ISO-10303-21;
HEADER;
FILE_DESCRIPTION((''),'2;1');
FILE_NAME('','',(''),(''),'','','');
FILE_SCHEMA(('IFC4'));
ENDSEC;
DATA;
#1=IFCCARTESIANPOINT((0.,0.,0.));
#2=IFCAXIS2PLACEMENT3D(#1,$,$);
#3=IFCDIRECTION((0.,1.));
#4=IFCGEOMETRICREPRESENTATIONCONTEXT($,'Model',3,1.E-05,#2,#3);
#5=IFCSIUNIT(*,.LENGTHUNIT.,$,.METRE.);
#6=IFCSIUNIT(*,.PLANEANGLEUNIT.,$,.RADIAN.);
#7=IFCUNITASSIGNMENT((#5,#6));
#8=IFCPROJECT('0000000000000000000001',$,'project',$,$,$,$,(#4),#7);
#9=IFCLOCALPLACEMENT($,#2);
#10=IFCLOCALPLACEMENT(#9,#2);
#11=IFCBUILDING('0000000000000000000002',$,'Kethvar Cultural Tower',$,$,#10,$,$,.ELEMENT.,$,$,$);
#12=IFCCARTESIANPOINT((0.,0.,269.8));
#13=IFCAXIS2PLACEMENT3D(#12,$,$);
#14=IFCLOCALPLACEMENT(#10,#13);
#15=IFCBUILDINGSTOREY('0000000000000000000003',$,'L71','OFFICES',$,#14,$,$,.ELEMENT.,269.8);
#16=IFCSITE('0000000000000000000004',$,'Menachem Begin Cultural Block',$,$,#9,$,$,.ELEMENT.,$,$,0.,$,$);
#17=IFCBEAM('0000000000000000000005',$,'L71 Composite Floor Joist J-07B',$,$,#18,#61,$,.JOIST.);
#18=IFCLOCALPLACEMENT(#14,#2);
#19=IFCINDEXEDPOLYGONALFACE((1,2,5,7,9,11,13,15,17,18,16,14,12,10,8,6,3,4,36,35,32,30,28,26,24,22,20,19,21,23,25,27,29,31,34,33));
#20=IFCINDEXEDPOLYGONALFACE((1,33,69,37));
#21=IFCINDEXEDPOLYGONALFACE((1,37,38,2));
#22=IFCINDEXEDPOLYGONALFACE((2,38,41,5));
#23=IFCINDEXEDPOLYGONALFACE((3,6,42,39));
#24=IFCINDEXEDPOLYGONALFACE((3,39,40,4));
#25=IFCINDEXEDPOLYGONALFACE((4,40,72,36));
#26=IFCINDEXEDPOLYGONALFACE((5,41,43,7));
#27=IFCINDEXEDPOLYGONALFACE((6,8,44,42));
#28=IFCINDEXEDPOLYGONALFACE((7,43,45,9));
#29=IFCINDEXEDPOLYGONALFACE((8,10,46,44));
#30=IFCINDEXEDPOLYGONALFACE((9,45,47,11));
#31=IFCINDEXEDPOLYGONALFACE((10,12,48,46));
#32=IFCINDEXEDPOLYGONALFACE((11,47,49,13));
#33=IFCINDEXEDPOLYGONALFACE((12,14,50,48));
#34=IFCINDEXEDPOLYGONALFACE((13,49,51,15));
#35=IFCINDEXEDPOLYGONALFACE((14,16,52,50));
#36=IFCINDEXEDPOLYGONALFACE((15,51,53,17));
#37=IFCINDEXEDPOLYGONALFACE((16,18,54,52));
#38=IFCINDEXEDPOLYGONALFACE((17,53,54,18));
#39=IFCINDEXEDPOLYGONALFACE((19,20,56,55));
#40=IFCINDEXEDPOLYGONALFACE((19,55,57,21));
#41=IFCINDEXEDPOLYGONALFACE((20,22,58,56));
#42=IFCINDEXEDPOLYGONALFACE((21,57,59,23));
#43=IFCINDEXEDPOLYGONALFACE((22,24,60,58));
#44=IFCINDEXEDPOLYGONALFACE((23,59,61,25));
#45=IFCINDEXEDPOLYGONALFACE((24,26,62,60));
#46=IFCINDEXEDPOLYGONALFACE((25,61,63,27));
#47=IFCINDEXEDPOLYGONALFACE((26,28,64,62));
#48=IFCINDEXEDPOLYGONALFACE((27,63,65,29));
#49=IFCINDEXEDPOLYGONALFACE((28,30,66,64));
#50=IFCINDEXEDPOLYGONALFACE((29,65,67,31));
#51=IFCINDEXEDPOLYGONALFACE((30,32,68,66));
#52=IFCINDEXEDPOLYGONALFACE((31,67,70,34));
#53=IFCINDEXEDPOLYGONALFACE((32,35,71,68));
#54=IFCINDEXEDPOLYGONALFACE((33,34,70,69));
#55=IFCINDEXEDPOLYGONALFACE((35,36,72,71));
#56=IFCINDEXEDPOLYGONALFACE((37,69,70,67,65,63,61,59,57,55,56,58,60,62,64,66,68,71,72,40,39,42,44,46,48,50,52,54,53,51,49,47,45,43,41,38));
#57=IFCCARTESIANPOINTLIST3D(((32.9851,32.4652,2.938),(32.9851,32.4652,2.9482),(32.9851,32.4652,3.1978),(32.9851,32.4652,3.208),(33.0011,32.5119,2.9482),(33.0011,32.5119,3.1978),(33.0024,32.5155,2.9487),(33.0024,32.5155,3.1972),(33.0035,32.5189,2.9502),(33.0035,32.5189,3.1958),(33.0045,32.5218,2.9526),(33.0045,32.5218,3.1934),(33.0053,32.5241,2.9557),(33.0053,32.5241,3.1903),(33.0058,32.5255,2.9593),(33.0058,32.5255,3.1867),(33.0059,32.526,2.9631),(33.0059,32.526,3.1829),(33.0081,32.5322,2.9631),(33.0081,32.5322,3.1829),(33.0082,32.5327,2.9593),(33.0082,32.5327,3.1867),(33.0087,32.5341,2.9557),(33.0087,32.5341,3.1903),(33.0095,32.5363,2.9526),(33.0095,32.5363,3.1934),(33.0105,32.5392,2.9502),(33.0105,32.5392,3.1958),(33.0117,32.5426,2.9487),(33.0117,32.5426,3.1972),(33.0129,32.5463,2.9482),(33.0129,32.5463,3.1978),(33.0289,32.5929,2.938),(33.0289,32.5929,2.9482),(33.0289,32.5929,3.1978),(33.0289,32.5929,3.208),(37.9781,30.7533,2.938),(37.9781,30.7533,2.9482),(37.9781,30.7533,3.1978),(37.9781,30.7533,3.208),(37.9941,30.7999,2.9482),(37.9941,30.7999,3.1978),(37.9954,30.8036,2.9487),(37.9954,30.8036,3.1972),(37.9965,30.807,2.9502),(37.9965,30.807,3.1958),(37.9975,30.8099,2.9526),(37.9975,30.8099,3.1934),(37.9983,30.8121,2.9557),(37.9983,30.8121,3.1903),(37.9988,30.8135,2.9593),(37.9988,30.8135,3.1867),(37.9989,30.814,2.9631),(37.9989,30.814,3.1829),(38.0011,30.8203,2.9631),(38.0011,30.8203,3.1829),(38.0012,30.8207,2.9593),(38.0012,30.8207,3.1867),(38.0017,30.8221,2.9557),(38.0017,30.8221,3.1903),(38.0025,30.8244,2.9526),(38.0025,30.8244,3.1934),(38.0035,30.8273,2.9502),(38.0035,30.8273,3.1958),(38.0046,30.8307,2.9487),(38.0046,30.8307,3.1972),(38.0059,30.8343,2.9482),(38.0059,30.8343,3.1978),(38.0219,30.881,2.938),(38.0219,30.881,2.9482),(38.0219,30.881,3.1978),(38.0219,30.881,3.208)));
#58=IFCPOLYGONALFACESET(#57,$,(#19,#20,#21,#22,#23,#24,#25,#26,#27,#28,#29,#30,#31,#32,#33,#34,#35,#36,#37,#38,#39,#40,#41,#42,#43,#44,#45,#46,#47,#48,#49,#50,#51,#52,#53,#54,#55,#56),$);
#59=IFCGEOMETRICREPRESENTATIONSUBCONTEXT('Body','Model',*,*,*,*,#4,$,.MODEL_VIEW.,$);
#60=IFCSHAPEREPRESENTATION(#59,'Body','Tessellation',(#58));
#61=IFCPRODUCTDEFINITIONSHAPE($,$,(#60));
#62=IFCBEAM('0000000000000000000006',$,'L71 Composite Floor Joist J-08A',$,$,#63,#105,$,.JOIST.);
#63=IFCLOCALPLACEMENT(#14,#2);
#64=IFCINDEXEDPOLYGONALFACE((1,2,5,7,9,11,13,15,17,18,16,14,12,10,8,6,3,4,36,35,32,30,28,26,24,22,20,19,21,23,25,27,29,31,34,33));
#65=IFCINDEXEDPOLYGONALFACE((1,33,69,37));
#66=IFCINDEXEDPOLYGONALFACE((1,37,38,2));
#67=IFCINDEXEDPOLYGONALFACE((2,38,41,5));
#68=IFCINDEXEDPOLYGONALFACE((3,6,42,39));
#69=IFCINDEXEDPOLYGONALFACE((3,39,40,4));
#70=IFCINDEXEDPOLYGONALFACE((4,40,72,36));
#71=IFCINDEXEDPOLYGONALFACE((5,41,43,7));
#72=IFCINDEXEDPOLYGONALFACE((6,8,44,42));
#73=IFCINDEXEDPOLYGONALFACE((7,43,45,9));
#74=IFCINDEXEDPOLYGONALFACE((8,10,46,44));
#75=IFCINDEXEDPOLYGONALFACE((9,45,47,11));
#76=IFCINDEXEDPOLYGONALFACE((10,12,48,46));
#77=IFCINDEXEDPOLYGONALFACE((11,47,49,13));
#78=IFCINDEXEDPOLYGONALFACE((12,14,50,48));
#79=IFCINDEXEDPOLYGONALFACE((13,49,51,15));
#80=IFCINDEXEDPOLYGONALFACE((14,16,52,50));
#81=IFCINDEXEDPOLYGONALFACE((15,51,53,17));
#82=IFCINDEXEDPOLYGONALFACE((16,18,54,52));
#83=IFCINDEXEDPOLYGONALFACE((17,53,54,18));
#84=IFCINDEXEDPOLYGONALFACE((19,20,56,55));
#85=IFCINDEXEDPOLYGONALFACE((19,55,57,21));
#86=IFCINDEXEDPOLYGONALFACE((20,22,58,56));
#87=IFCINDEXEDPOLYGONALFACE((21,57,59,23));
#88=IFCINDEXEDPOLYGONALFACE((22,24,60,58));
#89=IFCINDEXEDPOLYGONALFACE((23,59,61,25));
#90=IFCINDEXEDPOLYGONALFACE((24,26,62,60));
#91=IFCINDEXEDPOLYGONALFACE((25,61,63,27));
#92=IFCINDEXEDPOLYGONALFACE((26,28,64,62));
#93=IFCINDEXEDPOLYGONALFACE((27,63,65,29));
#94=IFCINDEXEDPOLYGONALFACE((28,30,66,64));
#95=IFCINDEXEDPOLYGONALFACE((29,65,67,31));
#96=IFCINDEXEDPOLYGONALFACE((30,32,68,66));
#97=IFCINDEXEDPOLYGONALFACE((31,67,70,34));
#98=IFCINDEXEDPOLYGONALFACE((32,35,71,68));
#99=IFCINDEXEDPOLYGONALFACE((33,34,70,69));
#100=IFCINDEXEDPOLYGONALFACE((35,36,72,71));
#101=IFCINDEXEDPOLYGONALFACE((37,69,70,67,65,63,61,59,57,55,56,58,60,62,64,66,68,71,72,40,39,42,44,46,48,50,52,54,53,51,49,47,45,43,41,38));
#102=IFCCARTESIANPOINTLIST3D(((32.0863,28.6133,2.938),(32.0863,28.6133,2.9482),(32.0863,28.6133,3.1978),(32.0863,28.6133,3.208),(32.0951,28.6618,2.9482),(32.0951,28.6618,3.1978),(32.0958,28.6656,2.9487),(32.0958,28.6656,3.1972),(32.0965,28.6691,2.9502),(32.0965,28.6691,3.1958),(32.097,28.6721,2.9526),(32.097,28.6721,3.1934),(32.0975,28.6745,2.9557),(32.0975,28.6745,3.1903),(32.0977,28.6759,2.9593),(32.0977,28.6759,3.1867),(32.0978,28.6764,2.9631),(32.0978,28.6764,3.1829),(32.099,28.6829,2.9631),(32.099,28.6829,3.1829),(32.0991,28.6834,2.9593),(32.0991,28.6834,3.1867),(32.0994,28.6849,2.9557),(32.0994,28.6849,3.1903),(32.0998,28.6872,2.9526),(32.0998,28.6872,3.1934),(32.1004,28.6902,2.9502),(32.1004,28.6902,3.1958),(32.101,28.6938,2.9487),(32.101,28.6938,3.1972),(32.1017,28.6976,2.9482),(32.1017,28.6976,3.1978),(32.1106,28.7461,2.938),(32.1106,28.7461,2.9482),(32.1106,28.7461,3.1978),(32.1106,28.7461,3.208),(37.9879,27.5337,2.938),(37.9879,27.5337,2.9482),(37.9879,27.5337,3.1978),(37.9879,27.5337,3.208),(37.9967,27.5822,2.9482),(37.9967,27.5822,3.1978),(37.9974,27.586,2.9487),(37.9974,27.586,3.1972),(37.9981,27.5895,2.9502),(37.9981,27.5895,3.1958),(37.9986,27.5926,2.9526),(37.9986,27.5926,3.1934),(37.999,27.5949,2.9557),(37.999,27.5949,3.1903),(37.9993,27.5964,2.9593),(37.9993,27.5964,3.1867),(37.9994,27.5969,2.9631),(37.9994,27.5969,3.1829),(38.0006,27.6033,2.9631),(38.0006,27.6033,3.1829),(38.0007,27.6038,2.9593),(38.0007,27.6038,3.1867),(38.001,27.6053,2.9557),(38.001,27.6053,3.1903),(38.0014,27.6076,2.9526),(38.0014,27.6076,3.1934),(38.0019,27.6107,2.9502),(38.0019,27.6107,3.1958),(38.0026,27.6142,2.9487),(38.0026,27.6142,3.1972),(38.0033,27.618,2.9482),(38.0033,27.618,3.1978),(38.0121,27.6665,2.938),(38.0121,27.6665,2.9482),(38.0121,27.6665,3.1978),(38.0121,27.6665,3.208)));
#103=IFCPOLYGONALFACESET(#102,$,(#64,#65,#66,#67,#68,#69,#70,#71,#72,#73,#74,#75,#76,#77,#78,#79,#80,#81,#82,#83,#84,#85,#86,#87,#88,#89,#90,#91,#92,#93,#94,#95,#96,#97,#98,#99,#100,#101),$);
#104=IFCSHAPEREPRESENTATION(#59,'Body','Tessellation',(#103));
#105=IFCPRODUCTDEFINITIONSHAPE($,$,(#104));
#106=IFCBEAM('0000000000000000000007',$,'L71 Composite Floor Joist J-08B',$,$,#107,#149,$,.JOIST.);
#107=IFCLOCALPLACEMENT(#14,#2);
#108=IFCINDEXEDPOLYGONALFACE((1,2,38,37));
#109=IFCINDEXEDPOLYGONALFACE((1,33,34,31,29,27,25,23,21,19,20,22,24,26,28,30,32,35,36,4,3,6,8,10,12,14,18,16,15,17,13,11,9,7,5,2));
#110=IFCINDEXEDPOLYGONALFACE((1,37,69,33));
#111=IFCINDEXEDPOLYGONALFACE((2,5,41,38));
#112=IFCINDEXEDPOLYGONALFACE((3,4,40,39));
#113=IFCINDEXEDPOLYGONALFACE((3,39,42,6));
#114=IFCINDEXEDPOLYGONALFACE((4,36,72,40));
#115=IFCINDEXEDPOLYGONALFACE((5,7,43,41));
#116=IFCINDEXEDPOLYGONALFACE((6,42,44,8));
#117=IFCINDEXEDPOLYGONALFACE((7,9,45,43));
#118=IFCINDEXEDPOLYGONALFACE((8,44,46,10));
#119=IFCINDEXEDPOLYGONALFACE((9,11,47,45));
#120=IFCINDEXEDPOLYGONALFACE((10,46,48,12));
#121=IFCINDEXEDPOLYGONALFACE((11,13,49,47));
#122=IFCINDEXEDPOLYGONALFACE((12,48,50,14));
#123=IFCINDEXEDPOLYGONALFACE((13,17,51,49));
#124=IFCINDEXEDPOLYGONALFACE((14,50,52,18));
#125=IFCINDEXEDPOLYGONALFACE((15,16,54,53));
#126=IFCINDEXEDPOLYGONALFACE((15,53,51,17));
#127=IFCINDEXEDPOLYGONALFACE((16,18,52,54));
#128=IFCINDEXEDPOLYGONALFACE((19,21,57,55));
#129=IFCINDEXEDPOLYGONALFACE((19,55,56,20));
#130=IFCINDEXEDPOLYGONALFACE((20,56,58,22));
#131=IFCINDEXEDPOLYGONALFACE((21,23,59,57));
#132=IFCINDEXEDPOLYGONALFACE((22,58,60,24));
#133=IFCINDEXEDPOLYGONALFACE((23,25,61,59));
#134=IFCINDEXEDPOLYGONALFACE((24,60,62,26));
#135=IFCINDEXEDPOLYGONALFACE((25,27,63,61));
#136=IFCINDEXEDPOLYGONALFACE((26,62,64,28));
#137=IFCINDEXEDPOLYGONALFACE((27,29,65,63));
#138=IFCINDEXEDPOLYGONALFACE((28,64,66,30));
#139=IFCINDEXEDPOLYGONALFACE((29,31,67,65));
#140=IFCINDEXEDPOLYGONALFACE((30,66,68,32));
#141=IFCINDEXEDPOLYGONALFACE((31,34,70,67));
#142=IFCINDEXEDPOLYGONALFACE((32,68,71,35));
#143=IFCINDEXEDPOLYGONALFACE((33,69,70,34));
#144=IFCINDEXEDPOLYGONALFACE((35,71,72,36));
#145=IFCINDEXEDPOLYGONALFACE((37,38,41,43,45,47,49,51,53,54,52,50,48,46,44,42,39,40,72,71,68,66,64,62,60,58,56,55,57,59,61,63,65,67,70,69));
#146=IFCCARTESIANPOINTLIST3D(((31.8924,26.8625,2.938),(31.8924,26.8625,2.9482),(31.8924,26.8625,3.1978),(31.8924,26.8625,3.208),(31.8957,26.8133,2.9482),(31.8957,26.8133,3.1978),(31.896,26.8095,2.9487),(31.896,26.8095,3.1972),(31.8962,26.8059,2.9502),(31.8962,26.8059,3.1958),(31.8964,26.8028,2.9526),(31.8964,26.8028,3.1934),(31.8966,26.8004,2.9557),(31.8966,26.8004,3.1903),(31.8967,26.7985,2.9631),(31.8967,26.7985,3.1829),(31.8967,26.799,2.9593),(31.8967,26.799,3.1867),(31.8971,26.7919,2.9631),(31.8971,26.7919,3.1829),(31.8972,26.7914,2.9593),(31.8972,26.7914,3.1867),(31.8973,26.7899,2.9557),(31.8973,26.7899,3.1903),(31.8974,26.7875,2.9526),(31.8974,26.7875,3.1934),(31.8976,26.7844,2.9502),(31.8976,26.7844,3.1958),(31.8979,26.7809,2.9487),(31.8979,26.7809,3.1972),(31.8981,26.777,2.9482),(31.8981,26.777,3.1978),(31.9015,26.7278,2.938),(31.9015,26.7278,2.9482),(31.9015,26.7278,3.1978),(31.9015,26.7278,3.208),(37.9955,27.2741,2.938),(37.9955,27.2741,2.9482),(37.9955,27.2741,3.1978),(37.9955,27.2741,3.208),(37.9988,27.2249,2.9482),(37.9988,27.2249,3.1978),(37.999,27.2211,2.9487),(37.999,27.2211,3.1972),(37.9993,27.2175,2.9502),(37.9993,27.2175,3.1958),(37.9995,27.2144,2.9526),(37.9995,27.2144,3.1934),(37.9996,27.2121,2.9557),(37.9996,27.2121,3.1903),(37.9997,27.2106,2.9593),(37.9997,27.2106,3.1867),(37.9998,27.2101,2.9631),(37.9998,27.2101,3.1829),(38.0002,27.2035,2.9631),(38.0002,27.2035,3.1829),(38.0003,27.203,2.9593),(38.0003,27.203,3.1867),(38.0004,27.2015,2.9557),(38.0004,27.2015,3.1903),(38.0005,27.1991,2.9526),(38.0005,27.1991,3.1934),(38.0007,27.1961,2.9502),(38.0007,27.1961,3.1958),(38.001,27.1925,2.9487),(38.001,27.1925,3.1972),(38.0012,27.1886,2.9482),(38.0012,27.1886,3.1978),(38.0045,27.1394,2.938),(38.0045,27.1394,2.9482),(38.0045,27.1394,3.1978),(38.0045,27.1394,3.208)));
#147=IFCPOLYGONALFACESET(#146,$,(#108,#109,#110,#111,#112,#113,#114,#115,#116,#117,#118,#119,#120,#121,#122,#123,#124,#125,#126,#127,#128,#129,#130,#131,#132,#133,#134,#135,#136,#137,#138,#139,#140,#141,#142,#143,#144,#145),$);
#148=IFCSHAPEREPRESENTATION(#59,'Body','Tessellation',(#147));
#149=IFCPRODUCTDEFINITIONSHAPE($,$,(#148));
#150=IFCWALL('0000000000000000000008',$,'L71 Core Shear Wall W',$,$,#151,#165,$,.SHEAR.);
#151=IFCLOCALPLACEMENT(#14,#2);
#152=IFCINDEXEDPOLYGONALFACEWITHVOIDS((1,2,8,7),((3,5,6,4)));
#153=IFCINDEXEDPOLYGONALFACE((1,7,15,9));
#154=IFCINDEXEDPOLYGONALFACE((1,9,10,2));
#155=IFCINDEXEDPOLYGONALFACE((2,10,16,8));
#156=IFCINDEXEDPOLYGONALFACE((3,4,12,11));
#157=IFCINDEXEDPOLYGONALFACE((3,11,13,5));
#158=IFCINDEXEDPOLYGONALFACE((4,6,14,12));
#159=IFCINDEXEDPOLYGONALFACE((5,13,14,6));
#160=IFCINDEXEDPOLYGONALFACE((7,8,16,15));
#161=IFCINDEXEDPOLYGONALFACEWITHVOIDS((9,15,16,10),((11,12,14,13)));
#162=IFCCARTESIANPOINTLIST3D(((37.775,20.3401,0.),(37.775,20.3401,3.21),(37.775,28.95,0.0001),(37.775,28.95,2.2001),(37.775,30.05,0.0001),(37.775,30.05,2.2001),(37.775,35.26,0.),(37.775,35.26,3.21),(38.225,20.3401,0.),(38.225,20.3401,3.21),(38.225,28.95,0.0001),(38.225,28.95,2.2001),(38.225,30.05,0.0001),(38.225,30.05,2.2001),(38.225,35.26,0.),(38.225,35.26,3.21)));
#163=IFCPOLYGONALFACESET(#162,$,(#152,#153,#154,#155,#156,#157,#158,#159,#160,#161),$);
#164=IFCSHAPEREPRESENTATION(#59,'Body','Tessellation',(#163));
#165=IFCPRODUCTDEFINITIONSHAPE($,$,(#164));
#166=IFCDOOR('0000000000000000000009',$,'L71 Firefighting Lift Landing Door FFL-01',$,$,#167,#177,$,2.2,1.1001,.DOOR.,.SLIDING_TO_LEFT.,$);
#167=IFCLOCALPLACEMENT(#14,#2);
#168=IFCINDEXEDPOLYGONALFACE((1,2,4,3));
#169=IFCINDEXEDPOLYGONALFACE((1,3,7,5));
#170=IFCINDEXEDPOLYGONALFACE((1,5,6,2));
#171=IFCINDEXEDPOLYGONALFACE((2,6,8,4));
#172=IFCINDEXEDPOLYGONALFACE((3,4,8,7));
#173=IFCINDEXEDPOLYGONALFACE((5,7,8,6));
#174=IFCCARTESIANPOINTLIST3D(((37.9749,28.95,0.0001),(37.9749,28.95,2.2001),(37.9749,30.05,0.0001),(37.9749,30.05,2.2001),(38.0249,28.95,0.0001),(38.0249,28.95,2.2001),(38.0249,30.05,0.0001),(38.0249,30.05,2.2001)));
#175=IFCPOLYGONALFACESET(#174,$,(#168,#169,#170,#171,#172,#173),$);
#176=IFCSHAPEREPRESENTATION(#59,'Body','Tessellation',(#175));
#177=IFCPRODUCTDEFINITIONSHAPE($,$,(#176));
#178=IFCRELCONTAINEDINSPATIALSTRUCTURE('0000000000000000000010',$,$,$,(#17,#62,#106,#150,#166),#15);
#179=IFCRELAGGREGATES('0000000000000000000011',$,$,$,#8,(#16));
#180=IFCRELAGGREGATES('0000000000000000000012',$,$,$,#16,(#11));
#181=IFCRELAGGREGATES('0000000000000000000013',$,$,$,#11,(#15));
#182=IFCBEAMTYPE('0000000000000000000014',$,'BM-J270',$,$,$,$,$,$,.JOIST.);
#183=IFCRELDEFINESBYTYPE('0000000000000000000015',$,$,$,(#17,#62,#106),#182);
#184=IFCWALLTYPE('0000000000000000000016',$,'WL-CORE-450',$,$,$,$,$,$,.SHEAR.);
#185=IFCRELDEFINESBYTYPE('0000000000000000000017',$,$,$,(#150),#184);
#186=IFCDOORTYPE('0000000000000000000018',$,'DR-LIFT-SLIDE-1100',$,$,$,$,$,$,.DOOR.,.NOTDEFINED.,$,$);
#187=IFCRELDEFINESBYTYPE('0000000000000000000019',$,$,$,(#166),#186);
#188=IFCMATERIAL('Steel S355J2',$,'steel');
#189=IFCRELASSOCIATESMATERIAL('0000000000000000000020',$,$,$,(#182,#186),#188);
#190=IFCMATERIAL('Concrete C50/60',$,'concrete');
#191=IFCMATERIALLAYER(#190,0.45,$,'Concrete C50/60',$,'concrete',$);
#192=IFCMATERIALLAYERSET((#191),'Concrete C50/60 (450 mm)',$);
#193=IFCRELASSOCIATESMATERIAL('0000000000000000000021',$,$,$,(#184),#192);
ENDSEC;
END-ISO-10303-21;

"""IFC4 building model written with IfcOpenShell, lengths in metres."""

from ifc_helpers import new_model, si_unit, direction, frame, frame_2d, origin, origin_2d, place, context, subcontext, project, spatial, rectangle, i_section, extrude, source, transform, mapped, material, layer, layer_set, material_profile, profile_set, type_object, element, fill, save


model = new_model("IFC4")

# Units and contexts
model_context = context("Model", 3, precision=1e-05, world=origin(), true_north=direction((0.0, 1.0)))
body_context = subcontext(model_context, "Body", "Model", "MODEL_VIEW")
ifc_project = project(units=[si_unit("LENGTHUNIT", "METRE"), si_unit("PLANEANGLEUNIT", "RADIAN")], contexts=[model_context])

# Site, building, storey
site_placement = place(None, origin())
site = spatial("IfcSite", under=ifc_project, at=site_placement, Name="Menachem Begin Cultural Block", CompositionType="ELEMENT", RefElevation=0.0)
building_placement = place(site_placement, origin())
building = spatial("IfcBuilding", under=site, at=building_placement, Name="Kethvar Cultural Tower", CompositionType="ELEMENT")
storey_placement = place(building_placement, frame((0.0, 0.0, 269.8)))
storey = spatial("IfcBuildingStorey", under=building, at=storey_placement, Name="L71", Description="OFFICES", CompositionType="ELEMENT", Elevation=269.8)

# Beams
ifc_material_1 = material(Name="Steel S355J2", Category="steel")
ifc_material_profile_1 = material_profile(ifc_material_1, i_section(OverallWidth=0.135, OverallDepth=0.27, WebThickness=0.0066, FlangeThickness=0.0103, FilletRadius=0.0149, at=origin_2d()), Name="Steel S355J2 — IPE270")
ifc_profile_set_1 = profile_set([ifc_material_profile_1], Name="Steel S355J2 — IPE270")
beam_type_1 = type_object("IfcBeamType", Name="BM-J270", PredefinedType="JOIST", material=ifc_profile_set_1)
shared_shape_1 = source(origin(), body_context, "Body", "SweptSolid", [
    extrude(i_section(OverallWidth=0.135, OverallDepth=0.27, WebThickness=0.0066, FlangeThickness=0.0103, FilletRadius=0.0149, at=origin_2d()), origin(), (0.0, 0.0, 1.0), 5.2783),
])
beam_1_placement = place(storey_placement, frame((38.0, 30.8171, 3.073), z_axis=(-0.945943, 0.324334, 0.0), x_axis=(-0.324334, -0.945943, 0.0)))
element("IfcBeam", 1, at=beam_1_placement, inside=storey, type_object=beam_type_1, Name="L71 Composite Floor Joist J-07B", PredefinedType="JOIST", context=body_context, shape_type="MappedRepresentation", body=[
    mapped(shared_shape_1, transform((0.0, 0.0, 0.0), scale=1.0)),
])
shared_shape_2 = source(origin(), body_context, "Body", "SweptSolid", [
    extrude(i_section(OverallWidth=0.135, OverallDepth=0.27, WebThickness=0.0066, FlangeThickness=0.0103, FilletRadius=0.0149, at=origin_2d()), origin(), (0.0, 0.0, 1.0), 5.9995),
])
beam_2_placement = place(storey_placement, frame((38.0, 27.6001, 3.073), z_axis=(-0.983677, 0.179945, 0.0), x_axis=(-0.179945, -0.983677, 0.0)))
element("IfcBeam", 2, at=beam_2_placement, inside=storey, type_object=beam_type_1, Name="L71 Composite Floor Joist J-08A", PredefinedType="JOIST", context=body_context, shape_type="MappedRepresentation", body=[
    mapped(shared_shape_2, transform((0.0, 0.0, 0.0), scale=1.0)),
])
shared_shape_3 = source(origin(), body_context, "Body", "SweptSolid", [
    extrude(i_section(OverallWidth=0.135, OverallDepth=0.27, WebThickness=0.0066, FlangeThickness=0.0103, FilletRadius=0.0149, at=origin_2d()), origin(), (0.0, 0.0, 1.0), 6.1169),
])
beam_3_placement = place(storey_placement, frame((38.0, 27.2068, 3.073), z_axis=(-0.997733, -0.067293, 0.0), x_axis=(0.067293, -0.997733, 0.0)))
element("IfcBeam", 3, at=beam_3_placement, inside=storey, type_object=beam_type_1, Name="L71 Composite Floor Joist J-08B", PredefinedType="JOIST", context=body_context, shape_type="MappedRepresentation", body=[
    mapped(shared_shape_3, transform((0.0, 0.0, 0.0), scale=1.0)),
])

# Wall, opening, door
ifc_material_2 = material(Name="Concrete C50/60", Category="concrete")
ifc_layer_1 = layer(ifc_material_2, 0.45, Name="Concrete C50/60", Category="concrete")
ifc_layer_set_1 = layer_set([ifc_layer_1], Name="Concrete C50/60 (450 mm)")
wall_type_1 = type_object("IfcWallType", Name="WL-CORE-450", PredefinedType="SHEAR", material=ifc_layer_set_1)
wall_1_placement = place(storey_placement, frame((38.0, 35.26, 0.0), z_axis=(0.0, 0.0, 1.0), x_axis=(0.0, -1.0, 0.0)))
wall_1 = element("IfcWall", 4, at=wall_1_placement, inside=storey, type_object=wall_type_1, Name="L71 Core Shear Wall W", PredefinedType="SHEAR", context=body_context, shape_type="SweptSolid", body=[
    extrude(rectangle(XDim=14.9199, YDim=0.45, at=frame_2d((7.46, 0.0))), origin(), (0.0, 0.0, 1.0), 3.21),
])
opening_1_placement = place(wall_1_placement, frame((5.21, 0.0, 0.0)))
opening_1 = element("IfcOpeningElement", 5, at=opening_1_placement, cuts=wall_1, PredefinedType="OPENING", context=body_context, shape_type="SweptSolid", body=[
    extrude(rectangle(XDim=1.1001, YDim=2.2, at=frame_2d((0.55, 1.1001))), frame((0.0, 0.2349, 0.0), z_axis=(0.0, -1.0, 0.0), x_axis=(1.0, 0.0, 0.0)), (0.0, 0.0, 1.0), 0.47),
])
door_type = type_object("IfcDoorType", Name="DR-LIFT-SLIDE-1100", OperationType="NOTDEFINED", PredefinedType="DOOR", material=ifc_material_1)
shared_shape_4 = source(origin(), body_context, "Body", "SweptSolid", [
    extrude(rectangle(XDim=1.1001, YDim=2.2, at=frame_2d((0.55, 1.1001))), frame((0.0, 0.0249, 0.0), z_axis=(0.0, -1.0, 0.0), x_axis=(1.0, 0.0, 0.0)), (0.0, 0.0, 1.0), 0.05),
])
door_1_placement = place(opening_1_placement, origin())
door_1 = element("IfcDoor", 6, at=door_1_placement, inside=storey, type_object=door_type, Name="L71 Firefighting Lift Landing Door FFL-01", OperationType="SLIDING_TO_LEFT", OverallHeight=2.2, OverallWidth=1.1001, PredefinedType="DOOR", context=body_context, shape_type="MappedRepresentation", body=[
    mapped(shared_shape_4, transform((0.0, 0.0, 0.0), scale=1.0)),
])
fill(opening_1, door_1)

save(model, "model.ifc")
